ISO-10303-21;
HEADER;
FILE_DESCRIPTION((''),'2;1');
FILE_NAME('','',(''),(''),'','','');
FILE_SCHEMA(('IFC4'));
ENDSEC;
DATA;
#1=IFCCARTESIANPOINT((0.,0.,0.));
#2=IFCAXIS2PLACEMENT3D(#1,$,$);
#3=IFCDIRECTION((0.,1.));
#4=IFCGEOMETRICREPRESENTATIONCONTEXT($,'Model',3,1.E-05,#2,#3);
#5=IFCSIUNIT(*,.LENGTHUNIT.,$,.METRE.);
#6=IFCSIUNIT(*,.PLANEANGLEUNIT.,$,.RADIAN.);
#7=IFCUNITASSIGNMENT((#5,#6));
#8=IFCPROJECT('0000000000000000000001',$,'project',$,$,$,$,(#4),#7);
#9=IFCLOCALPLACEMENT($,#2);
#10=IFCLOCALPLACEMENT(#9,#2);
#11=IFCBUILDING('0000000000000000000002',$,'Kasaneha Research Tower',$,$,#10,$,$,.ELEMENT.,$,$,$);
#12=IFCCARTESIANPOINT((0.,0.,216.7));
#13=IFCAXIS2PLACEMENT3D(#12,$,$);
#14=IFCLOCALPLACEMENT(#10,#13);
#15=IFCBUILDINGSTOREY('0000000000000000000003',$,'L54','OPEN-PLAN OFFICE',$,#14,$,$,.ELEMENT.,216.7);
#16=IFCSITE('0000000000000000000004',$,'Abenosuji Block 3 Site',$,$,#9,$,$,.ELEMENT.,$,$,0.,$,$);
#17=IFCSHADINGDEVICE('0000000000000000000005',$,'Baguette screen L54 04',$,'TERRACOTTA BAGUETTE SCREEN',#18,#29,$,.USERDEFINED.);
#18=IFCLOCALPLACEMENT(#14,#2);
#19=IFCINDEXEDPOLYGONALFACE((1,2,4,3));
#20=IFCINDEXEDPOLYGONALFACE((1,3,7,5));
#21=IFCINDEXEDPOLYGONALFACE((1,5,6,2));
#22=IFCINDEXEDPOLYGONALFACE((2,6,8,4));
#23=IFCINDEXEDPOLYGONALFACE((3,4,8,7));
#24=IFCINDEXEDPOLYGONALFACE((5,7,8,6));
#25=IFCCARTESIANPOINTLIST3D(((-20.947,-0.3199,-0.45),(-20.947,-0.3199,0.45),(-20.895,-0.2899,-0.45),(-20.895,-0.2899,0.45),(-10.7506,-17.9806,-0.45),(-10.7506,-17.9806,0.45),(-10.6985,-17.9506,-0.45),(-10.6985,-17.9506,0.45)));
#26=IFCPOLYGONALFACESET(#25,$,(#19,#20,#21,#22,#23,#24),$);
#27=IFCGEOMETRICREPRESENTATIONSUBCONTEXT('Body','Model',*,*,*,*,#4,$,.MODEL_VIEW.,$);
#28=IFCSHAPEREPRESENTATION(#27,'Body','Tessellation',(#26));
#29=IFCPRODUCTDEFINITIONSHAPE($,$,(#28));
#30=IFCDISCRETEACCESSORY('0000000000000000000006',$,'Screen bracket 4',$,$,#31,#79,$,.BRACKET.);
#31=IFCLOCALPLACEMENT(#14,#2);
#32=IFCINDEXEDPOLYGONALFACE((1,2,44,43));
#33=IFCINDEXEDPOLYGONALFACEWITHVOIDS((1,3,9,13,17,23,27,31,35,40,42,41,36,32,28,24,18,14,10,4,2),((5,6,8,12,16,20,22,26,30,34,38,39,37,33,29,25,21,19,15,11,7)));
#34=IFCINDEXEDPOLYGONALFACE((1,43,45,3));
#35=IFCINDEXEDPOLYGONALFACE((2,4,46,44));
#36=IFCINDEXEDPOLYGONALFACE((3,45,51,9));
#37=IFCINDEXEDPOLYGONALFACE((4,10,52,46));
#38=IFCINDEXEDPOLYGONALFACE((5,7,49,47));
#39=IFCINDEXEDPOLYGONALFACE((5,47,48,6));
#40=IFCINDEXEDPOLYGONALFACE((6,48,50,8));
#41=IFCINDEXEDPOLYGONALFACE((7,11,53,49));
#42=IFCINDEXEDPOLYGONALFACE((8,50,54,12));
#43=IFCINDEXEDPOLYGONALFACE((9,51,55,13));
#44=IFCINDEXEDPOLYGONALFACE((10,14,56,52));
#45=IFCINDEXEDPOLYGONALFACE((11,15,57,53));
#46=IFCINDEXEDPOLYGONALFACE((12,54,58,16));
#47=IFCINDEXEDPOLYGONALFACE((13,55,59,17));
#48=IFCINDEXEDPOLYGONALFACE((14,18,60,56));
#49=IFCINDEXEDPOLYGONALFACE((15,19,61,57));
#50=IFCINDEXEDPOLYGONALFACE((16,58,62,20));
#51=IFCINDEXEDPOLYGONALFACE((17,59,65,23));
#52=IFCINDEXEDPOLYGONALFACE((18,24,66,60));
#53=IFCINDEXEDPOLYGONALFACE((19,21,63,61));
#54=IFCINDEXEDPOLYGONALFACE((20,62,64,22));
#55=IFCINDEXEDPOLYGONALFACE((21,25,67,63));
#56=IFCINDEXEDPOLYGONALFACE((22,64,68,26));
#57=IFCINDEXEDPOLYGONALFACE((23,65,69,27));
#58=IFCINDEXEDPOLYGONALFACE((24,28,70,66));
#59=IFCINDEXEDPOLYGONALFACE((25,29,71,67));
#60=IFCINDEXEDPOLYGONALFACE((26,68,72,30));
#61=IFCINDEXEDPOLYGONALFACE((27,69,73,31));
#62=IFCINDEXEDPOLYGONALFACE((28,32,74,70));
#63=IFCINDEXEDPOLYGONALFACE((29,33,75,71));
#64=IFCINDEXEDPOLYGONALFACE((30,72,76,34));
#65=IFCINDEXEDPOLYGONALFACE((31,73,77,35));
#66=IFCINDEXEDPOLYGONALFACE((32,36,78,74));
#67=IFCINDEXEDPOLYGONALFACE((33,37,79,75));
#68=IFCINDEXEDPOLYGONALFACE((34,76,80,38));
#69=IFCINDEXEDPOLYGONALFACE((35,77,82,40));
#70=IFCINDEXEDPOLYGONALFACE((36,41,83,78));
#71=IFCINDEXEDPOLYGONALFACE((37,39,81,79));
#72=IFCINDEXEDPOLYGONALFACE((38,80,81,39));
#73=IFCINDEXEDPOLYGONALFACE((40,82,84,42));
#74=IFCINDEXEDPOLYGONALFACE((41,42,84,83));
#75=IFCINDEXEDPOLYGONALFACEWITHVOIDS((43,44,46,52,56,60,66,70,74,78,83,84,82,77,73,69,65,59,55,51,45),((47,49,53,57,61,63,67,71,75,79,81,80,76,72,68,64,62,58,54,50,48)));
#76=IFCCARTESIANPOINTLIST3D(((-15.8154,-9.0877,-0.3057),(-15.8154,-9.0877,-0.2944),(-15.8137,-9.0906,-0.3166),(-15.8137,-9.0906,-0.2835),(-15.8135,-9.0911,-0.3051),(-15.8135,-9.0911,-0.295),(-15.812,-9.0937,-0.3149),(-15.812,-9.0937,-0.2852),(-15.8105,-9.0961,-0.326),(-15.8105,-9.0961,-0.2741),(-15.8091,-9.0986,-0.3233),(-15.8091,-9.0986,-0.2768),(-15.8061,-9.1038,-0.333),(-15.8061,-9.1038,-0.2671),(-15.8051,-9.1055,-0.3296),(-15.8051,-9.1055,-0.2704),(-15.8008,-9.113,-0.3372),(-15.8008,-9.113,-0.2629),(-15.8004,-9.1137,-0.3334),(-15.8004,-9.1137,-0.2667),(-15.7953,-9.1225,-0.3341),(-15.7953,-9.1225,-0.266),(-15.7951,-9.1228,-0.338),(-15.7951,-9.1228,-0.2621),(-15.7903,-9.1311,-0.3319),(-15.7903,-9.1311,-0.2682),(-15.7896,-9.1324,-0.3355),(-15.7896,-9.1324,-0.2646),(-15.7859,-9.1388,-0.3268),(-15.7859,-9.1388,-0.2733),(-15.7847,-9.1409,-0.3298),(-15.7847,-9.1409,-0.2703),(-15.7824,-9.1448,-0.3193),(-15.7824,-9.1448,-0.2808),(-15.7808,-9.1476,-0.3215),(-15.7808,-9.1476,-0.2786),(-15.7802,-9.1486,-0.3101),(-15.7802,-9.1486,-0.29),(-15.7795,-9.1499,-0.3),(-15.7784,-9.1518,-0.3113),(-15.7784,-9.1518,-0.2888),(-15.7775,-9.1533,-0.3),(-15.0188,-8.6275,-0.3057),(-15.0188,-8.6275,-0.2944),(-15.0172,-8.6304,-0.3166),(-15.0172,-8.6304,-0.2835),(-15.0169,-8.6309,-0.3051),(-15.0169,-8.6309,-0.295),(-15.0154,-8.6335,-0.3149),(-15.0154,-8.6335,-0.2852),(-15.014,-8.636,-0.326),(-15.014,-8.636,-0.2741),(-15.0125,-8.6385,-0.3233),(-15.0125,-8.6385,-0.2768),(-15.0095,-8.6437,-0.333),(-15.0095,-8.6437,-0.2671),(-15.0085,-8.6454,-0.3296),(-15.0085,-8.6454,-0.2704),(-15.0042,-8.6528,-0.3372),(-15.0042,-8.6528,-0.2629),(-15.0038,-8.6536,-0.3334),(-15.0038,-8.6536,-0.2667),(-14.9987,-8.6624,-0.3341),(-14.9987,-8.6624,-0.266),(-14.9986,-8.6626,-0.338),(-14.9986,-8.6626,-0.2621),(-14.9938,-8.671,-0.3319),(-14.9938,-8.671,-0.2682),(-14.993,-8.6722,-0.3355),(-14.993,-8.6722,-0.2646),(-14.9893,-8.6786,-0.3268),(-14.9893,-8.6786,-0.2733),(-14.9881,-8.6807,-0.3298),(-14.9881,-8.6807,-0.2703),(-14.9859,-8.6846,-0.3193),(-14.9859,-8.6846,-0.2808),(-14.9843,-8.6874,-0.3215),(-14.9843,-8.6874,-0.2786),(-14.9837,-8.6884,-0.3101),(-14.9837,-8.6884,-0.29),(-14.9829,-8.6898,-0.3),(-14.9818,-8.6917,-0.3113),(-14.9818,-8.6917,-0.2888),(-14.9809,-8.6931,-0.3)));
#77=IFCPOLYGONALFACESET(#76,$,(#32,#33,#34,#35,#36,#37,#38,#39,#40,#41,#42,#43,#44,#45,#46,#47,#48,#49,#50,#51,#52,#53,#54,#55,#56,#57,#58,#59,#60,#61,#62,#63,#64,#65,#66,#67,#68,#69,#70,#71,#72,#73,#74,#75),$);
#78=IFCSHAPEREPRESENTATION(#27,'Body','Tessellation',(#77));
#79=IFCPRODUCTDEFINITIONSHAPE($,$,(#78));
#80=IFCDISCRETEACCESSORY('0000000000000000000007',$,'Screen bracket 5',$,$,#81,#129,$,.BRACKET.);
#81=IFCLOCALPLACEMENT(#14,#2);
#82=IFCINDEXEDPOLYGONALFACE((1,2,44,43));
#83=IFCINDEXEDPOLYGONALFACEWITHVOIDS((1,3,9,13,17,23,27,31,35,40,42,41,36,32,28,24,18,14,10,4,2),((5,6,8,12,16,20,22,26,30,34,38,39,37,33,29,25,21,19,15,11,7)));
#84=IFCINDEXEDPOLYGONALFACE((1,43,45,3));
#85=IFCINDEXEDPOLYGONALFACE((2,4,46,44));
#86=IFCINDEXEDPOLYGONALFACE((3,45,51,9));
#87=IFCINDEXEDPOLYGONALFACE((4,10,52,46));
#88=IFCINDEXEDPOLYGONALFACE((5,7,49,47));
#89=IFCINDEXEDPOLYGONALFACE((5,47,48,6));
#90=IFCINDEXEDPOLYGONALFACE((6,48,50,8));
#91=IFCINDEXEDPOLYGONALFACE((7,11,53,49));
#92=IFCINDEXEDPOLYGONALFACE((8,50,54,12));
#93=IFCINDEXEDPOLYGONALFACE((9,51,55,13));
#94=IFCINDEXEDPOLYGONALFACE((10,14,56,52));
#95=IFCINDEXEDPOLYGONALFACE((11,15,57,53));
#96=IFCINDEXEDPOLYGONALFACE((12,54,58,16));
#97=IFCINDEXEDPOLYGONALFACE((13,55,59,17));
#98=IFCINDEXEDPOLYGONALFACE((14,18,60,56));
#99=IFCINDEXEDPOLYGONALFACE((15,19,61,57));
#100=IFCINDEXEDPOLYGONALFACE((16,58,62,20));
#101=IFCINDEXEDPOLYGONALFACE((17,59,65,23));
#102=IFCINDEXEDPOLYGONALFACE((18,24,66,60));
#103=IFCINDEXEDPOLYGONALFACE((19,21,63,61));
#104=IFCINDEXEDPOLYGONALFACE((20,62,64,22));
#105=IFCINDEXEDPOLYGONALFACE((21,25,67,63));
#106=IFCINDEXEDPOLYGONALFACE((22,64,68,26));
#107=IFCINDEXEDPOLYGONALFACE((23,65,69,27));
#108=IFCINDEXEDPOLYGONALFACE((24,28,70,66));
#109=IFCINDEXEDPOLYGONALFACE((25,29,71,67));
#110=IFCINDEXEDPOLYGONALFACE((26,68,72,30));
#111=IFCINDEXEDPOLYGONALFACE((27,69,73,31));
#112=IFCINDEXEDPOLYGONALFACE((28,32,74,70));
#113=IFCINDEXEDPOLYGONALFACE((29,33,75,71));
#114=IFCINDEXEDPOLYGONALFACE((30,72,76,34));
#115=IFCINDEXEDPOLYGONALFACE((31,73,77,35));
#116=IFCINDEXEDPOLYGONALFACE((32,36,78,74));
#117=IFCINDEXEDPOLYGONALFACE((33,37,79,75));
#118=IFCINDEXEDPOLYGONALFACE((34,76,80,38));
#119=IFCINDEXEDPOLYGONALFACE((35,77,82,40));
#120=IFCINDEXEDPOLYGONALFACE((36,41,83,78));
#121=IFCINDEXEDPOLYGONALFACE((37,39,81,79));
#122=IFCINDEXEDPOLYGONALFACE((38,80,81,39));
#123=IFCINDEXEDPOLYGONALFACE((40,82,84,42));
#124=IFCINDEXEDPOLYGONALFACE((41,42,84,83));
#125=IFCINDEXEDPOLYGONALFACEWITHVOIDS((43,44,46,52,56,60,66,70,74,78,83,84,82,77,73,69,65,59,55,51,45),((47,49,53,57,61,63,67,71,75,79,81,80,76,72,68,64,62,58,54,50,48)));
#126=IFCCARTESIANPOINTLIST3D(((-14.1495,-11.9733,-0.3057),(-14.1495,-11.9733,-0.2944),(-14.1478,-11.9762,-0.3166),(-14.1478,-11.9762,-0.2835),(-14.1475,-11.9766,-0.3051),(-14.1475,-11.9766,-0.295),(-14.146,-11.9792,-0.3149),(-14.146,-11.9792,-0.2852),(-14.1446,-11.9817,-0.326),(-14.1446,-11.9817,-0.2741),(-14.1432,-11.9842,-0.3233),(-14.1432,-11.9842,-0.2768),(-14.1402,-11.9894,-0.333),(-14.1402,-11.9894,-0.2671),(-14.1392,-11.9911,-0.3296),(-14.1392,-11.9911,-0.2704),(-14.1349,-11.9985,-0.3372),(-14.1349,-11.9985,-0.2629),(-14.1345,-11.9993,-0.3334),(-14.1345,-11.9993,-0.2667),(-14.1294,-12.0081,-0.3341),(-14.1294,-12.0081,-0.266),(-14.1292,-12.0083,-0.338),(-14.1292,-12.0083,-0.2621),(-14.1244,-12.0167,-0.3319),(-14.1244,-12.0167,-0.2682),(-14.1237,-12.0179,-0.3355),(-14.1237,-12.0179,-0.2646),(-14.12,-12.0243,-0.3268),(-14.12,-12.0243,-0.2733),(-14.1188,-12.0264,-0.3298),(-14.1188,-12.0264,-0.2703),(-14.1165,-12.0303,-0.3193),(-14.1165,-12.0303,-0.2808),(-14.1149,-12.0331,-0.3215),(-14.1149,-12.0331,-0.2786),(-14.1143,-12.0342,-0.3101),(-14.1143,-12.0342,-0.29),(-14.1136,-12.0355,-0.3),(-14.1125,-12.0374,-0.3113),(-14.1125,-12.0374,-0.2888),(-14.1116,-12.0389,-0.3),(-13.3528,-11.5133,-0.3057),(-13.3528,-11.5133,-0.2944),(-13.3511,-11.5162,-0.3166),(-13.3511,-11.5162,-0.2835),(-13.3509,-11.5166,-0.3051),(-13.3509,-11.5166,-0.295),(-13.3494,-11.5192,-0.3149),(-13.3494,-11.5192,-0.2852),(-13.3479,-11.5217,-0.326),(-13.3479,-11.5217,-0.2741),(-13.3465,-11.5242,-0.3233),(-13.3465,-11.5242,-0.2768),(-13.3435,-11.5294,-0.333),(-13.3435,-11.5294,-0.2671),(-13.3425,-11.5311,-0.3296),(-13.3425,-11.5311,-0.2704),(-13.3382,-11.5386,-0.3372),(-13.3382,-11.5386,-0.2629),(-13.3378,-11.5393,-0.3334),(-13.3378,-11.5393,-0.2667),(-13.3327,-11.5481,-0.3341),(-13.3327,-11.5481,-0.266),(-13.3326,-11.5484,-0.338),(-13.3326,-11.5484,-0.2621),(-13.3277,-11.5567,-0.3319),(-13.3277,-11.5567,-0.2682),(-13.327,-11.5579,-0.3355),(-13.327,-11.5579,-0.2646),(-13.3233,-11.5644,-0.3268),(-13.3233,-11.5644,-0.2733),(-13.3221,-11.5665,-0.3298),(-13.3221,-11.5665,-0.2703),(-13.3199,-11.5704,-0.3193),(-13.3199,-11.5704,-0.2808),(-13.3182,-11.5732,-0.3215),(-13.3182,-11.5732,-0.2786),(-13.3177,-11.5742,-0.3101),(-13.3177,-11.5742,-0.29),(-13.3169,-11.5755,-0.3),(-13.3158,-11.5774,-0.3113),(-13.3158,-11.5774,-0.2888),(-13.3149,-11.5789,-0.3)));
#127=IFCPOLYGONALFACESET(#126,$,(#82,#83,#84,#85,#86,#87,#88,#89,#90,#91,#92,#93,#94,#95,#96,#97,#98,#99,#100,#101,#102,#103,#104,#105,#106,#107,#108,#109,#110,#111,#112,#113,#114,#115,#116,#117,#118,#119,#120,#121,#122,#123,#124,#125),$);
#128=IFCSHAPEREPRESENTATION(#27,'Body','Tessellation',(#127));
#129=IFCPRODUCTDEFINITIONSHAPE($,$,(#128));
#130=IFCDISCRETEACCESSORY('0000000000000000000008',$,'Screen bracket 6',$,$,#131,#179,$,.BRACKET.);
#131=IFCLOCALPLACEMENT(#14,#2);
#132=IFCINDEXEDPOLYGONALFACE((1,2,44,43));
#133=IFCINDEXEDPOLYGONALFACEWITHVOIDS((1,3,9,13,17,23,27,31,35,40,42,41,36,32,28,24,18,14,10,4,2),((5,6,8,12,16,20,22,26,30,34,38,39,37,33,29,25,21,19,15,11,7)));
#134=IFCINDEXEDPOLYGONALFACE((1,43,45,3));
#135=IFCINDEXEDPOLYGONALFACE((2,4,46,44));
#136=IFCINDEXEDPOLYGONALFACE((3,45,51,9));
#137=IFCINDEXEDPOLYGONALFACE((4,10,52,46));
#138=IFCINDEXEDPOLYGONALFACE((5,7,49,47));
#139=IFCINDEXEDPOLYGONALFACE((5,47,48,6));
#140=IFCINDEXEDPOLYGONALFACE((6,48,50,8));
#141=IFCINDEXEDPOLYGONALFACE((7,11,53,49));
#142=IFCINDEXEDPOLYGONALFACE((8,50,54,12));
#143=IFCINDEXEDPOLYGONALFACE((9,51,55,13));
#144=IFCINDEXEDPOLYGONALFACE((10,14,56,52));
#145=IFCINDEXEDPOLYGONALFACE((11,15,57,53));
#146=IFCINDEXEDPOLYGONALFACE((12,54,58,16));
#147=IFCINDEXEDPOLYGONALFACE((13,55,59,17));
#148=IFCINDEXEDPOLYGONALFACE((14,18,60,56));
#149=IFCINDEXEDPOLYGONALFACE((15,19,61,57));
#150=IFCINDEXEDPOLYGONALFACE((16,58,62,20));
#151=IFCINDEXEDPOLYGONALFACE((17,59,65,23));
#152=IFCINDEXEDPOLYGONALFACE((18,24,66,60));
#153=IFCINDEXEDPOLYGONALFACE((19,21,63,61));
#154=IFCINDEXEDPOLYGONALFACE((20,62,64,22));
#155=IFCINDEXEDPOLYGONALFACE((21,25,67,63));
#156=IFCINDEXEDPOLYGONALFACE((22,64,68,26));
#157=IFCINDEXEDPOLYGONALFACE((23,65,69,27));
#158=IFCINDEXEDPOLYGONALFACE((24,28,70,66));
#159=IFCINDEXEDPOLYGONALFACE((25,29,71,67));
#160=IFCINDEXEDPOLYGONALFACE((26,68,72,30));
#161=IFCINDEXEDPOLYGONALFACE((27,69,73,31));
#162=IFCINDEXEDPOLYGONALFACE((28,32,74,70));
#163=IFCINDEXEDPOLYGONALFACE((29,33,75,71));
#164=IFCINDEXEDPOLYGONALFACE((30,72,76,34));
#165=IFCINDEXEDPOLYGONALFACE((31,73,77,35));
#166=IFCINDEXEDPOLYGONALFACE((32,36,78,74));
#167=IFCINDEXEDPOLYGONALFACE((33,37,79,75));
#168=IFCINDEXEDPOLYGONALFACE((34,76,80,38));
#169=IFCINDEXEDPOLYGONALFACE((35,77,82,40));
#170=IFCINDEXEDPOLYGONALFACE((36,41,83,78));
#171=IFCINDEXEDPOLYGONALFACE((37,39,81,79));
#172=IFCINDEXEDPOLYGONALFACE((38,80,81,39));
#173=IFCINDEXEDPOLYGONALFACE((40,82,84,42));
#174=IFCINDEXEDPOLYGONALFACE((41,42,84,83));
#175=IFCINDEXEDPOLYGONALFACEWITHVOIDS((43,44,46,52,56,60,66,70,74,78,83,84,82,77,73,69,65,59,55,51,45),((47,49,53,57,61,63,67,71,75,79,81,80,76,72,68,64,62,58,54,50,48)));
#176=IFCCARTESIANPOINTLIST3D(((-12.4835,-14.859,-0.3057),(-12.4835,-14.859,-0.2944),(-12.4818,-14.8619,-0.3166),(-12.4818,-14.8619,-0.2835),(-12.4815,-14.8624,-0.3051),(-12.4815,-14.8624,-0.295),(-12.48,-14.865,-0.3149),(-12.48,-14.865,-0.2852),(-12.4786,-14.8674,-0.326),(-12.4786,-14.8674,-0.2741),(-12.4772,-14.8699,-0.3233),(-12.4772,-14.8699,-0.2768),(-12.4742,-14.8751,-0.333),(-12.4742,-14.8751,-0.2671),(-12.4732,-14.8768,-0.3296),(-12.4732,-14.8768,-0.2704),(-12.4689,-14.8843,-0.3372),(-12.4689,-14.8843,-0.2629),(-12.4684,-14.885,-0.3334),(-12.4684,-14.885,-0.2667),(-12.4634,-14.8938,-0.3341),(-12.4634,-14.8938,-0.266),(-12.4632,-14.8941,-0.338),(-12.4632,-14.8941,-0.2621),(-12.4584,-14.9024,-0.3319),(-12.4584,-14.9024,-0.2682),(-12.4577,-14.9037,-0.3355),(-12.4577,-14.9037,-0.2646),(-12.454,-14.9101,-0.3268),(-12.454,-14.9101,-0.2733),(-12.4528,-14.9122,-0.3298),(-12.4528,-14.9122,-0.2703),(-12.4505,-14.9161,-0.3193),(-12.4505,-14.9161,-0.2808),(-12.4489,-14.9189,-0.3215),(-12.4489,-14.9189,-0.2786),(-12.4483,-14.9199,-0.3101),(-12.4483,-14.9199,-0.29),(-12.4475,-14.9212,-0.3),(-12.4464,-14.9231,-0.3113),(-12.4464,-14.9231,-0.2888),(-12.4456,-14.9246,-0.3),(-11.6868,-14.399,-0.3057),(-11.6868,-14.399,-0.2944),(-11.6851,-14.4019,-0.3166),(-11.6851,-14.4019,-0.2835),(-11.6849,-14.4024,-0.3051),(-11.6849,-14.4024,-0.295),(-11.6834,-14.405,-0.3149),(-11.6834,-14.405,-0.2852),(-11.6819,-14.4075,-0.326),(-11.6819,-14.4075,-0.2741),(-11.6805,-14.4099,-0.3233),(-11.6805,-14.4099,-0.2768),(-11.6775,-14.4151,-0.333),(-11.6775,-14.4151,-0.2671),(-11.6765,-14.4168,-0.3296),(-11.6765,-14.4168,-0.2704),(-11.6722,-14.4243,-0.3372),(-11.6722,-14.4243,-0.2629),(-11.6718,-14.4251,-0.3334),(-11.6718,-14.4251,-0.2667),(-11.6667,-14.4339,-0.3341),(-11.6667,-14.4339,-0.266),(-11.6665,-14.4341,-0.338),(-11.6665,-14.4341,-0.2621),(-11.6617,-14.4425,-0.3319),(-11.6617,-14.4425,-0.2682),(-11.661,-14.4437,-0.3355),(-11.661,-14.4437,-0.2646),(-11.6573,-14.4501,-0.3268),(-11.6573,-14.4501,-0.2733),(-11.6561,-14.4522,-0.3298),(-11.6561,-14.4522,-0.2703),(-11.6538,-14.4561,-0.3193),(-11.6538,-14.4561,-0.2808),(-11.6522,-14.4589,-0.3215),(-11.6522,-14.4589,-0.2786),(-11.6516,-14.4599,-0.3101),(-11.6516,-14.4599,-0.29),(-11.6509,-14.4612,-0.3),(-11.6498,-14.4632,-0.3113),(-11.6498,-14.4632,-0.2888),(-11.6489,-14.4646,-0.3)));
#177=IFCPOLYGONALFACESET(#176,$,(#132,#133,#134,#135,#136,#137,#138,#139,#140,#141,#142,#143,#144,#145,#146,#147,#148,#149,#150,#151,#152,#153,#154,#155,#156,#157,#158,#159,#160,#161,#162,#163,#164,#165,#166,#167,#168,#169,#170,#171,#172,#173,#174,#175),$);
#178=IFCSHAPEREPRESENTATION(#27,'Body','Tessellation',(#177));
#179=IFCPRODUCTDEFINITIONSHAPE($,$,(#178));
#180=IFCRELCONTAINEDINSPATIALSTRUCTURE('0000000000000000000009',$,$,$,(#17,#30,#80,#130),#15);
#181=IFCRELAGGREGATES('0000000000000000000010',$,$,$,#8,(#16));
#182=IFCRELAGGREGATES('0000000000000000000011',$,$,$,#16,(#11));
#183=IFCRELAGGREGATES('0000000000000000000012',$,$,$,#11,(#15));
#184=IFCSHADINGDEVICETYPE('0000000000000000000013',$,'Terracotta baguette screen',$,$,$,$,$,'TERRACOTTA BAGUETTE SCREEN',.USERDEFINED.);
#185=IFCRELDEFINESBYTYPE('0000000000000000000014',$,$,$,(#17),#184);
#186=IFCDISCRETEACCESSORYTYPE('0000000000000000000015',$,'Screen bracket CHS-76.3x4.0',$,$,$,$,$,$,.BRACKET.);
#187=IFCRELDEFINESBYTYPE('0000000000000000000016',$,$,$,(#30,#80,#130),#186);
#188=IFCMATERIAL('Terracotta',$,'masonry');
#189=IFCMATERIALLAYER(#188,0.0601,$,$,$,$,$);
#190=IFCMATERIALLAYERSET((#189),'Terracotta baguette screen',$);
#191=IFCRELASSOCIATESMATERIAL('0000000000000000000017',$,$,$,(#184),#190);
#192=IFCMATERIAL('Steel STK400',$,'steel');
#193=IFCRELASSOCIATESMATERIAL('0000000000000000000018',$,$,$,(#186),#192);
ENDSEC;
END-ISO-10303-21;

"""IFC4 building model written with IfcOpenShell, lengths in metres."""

from ifc_helpers import new_model, si_unit, direction, frame, origin, origin_2d, place, context, subcontext, project, spatial, rectangle, hollow_circle, extrude, material, layer, layer_set, material_profile, profile_set, type_object, element, save


model = new_model("IFC4")

# Units and contexts
model_context = context("Model", 3, precision=1e-05, world=origin(), true_north=direction((0.0, 1.0)))
body_context = subcontext(model_context, "Body", "Model", "MODEL_VIEW")
ifc_project = project(units=[si_unit("LENGTHUNIT", "METRE"), si_unit("PLANEANGLEUNIT", "RADIAN")], contexts=[model_context])

# Site, building, storey
site_placement = place(None, origin())
site = spatial("IfcSite", under=ifc_project, at=site_placement, Name="Abenosuji Block 3 Site", CompositionType="ELEMENT", RefElevation=0.0)
building_placement = place(site_placement, origin())
building = spatial("IfcBuilding", under=site, at=building_placement, Name="Kasaneha Research Tower", CompositionType="ELEMENT")
storey_placement = place(building_placement, frame((0.0, 0.0, 216.7)))
storey = spatial("IfcBuildingStorey", under=building, at=storey_placement, Name="L54", Description="OPEN-PLAN OFFICE", CompositionType="ELEMENT", Elevation=216.7)

# Shading device
ifc_material_1 = material(Name="Terracotta", Category="masonry")
ifc_layer_1 = layer(ifc_material_1, 0.0601)
ifc_layer_set_1 = layer_set([ifc_layer_1], Name="Terracotta baguette screen")
shading_device_type = type_object("IfcShadingDeviceType", Name="Terracotta baguette screen", ElementType="TERRACOTTA BAGUETTE SCREEN", PredefinedType="USERDEFINED", material=ifc_layer_set_1)
shading_device_placement = place(storey_placement, frame((-15.8228, -9.1353, -0.45), z_axis=(0.0, 0.0, 1.0), x_axis=(0.5, -0.866025, 0.0)))
element("IfcShadingDevice", 1, at=shading_device_placement, inside=storey, type_object=shading_device_type, Name="Baguette screen L54 04", ObjectType="TERRACOTTA BAGUETTE SCREEN", PredefinedType="USERDEFINED", context=body_context, shape_type="SweptSolid", body=[
    extrude(rectangle(XDim=20.3928, YDim=0.0601, at=origin_2d()), origin(), (0.0, 0.0, 1.0), 0.8999),
])

# Discrete accessories
ifc_material_2 = material(Name="Steel STK400", Category="steel")
ifc_material_profile_1 = material_profile(ifc_material_2, hollow_circle(Radius=0.0381, WallThickness=0.0039, at=origin_2d()), Name="CHS-76.3x4.0")
ifc_profile_set_1 = profile_set([ifc_material_profile_1], Name="Steel STK400")
discrete_accessory_type = type_object("IfcDiscreteAccessoryType", Name="Screen bracket CHS-76.3x4.0", PredefinedType="BRACKET", material=ifc_profile_set_1)
for number, where, z_axis, x_axis, name in (
    (2, (-15.0, -8.6602, -0.3), (-0.865898, -0.50022, 0.0), (0.50022, -0.865898, 0.0), "Screen bracket 4"),
    (3, (-13.334, -11.5459, -0.3), (-0.866013, -0.500021, 0.0), (0.500021, -0.866013, 0.0), "Screen bracket 5"),
    (4, (-11.668, -14.4316, -0.3), (-0.866013, -0.500021, 0.0), (0.500021, -0.866013, 0.0), "Screen bracket 6"),
):
    element("IfcDiscreteAccessory", number, at=place(storey_placement, frame(where, z_axis=z_axis, x_axis=x_axis)), inside=storey, type_object=discrete_accessory_type, Name=name, PredefinedType="BRACKET", context=body_context, shape_type="SweptSolid", body=[
        extrude(hollow_circle(Radius=0.0381, WallThickness=0.0039, at=origin_2d()), origin(), (0.0, 0.0, 1.0), 0.9199),
    ])

save(model, "model.ifc")
